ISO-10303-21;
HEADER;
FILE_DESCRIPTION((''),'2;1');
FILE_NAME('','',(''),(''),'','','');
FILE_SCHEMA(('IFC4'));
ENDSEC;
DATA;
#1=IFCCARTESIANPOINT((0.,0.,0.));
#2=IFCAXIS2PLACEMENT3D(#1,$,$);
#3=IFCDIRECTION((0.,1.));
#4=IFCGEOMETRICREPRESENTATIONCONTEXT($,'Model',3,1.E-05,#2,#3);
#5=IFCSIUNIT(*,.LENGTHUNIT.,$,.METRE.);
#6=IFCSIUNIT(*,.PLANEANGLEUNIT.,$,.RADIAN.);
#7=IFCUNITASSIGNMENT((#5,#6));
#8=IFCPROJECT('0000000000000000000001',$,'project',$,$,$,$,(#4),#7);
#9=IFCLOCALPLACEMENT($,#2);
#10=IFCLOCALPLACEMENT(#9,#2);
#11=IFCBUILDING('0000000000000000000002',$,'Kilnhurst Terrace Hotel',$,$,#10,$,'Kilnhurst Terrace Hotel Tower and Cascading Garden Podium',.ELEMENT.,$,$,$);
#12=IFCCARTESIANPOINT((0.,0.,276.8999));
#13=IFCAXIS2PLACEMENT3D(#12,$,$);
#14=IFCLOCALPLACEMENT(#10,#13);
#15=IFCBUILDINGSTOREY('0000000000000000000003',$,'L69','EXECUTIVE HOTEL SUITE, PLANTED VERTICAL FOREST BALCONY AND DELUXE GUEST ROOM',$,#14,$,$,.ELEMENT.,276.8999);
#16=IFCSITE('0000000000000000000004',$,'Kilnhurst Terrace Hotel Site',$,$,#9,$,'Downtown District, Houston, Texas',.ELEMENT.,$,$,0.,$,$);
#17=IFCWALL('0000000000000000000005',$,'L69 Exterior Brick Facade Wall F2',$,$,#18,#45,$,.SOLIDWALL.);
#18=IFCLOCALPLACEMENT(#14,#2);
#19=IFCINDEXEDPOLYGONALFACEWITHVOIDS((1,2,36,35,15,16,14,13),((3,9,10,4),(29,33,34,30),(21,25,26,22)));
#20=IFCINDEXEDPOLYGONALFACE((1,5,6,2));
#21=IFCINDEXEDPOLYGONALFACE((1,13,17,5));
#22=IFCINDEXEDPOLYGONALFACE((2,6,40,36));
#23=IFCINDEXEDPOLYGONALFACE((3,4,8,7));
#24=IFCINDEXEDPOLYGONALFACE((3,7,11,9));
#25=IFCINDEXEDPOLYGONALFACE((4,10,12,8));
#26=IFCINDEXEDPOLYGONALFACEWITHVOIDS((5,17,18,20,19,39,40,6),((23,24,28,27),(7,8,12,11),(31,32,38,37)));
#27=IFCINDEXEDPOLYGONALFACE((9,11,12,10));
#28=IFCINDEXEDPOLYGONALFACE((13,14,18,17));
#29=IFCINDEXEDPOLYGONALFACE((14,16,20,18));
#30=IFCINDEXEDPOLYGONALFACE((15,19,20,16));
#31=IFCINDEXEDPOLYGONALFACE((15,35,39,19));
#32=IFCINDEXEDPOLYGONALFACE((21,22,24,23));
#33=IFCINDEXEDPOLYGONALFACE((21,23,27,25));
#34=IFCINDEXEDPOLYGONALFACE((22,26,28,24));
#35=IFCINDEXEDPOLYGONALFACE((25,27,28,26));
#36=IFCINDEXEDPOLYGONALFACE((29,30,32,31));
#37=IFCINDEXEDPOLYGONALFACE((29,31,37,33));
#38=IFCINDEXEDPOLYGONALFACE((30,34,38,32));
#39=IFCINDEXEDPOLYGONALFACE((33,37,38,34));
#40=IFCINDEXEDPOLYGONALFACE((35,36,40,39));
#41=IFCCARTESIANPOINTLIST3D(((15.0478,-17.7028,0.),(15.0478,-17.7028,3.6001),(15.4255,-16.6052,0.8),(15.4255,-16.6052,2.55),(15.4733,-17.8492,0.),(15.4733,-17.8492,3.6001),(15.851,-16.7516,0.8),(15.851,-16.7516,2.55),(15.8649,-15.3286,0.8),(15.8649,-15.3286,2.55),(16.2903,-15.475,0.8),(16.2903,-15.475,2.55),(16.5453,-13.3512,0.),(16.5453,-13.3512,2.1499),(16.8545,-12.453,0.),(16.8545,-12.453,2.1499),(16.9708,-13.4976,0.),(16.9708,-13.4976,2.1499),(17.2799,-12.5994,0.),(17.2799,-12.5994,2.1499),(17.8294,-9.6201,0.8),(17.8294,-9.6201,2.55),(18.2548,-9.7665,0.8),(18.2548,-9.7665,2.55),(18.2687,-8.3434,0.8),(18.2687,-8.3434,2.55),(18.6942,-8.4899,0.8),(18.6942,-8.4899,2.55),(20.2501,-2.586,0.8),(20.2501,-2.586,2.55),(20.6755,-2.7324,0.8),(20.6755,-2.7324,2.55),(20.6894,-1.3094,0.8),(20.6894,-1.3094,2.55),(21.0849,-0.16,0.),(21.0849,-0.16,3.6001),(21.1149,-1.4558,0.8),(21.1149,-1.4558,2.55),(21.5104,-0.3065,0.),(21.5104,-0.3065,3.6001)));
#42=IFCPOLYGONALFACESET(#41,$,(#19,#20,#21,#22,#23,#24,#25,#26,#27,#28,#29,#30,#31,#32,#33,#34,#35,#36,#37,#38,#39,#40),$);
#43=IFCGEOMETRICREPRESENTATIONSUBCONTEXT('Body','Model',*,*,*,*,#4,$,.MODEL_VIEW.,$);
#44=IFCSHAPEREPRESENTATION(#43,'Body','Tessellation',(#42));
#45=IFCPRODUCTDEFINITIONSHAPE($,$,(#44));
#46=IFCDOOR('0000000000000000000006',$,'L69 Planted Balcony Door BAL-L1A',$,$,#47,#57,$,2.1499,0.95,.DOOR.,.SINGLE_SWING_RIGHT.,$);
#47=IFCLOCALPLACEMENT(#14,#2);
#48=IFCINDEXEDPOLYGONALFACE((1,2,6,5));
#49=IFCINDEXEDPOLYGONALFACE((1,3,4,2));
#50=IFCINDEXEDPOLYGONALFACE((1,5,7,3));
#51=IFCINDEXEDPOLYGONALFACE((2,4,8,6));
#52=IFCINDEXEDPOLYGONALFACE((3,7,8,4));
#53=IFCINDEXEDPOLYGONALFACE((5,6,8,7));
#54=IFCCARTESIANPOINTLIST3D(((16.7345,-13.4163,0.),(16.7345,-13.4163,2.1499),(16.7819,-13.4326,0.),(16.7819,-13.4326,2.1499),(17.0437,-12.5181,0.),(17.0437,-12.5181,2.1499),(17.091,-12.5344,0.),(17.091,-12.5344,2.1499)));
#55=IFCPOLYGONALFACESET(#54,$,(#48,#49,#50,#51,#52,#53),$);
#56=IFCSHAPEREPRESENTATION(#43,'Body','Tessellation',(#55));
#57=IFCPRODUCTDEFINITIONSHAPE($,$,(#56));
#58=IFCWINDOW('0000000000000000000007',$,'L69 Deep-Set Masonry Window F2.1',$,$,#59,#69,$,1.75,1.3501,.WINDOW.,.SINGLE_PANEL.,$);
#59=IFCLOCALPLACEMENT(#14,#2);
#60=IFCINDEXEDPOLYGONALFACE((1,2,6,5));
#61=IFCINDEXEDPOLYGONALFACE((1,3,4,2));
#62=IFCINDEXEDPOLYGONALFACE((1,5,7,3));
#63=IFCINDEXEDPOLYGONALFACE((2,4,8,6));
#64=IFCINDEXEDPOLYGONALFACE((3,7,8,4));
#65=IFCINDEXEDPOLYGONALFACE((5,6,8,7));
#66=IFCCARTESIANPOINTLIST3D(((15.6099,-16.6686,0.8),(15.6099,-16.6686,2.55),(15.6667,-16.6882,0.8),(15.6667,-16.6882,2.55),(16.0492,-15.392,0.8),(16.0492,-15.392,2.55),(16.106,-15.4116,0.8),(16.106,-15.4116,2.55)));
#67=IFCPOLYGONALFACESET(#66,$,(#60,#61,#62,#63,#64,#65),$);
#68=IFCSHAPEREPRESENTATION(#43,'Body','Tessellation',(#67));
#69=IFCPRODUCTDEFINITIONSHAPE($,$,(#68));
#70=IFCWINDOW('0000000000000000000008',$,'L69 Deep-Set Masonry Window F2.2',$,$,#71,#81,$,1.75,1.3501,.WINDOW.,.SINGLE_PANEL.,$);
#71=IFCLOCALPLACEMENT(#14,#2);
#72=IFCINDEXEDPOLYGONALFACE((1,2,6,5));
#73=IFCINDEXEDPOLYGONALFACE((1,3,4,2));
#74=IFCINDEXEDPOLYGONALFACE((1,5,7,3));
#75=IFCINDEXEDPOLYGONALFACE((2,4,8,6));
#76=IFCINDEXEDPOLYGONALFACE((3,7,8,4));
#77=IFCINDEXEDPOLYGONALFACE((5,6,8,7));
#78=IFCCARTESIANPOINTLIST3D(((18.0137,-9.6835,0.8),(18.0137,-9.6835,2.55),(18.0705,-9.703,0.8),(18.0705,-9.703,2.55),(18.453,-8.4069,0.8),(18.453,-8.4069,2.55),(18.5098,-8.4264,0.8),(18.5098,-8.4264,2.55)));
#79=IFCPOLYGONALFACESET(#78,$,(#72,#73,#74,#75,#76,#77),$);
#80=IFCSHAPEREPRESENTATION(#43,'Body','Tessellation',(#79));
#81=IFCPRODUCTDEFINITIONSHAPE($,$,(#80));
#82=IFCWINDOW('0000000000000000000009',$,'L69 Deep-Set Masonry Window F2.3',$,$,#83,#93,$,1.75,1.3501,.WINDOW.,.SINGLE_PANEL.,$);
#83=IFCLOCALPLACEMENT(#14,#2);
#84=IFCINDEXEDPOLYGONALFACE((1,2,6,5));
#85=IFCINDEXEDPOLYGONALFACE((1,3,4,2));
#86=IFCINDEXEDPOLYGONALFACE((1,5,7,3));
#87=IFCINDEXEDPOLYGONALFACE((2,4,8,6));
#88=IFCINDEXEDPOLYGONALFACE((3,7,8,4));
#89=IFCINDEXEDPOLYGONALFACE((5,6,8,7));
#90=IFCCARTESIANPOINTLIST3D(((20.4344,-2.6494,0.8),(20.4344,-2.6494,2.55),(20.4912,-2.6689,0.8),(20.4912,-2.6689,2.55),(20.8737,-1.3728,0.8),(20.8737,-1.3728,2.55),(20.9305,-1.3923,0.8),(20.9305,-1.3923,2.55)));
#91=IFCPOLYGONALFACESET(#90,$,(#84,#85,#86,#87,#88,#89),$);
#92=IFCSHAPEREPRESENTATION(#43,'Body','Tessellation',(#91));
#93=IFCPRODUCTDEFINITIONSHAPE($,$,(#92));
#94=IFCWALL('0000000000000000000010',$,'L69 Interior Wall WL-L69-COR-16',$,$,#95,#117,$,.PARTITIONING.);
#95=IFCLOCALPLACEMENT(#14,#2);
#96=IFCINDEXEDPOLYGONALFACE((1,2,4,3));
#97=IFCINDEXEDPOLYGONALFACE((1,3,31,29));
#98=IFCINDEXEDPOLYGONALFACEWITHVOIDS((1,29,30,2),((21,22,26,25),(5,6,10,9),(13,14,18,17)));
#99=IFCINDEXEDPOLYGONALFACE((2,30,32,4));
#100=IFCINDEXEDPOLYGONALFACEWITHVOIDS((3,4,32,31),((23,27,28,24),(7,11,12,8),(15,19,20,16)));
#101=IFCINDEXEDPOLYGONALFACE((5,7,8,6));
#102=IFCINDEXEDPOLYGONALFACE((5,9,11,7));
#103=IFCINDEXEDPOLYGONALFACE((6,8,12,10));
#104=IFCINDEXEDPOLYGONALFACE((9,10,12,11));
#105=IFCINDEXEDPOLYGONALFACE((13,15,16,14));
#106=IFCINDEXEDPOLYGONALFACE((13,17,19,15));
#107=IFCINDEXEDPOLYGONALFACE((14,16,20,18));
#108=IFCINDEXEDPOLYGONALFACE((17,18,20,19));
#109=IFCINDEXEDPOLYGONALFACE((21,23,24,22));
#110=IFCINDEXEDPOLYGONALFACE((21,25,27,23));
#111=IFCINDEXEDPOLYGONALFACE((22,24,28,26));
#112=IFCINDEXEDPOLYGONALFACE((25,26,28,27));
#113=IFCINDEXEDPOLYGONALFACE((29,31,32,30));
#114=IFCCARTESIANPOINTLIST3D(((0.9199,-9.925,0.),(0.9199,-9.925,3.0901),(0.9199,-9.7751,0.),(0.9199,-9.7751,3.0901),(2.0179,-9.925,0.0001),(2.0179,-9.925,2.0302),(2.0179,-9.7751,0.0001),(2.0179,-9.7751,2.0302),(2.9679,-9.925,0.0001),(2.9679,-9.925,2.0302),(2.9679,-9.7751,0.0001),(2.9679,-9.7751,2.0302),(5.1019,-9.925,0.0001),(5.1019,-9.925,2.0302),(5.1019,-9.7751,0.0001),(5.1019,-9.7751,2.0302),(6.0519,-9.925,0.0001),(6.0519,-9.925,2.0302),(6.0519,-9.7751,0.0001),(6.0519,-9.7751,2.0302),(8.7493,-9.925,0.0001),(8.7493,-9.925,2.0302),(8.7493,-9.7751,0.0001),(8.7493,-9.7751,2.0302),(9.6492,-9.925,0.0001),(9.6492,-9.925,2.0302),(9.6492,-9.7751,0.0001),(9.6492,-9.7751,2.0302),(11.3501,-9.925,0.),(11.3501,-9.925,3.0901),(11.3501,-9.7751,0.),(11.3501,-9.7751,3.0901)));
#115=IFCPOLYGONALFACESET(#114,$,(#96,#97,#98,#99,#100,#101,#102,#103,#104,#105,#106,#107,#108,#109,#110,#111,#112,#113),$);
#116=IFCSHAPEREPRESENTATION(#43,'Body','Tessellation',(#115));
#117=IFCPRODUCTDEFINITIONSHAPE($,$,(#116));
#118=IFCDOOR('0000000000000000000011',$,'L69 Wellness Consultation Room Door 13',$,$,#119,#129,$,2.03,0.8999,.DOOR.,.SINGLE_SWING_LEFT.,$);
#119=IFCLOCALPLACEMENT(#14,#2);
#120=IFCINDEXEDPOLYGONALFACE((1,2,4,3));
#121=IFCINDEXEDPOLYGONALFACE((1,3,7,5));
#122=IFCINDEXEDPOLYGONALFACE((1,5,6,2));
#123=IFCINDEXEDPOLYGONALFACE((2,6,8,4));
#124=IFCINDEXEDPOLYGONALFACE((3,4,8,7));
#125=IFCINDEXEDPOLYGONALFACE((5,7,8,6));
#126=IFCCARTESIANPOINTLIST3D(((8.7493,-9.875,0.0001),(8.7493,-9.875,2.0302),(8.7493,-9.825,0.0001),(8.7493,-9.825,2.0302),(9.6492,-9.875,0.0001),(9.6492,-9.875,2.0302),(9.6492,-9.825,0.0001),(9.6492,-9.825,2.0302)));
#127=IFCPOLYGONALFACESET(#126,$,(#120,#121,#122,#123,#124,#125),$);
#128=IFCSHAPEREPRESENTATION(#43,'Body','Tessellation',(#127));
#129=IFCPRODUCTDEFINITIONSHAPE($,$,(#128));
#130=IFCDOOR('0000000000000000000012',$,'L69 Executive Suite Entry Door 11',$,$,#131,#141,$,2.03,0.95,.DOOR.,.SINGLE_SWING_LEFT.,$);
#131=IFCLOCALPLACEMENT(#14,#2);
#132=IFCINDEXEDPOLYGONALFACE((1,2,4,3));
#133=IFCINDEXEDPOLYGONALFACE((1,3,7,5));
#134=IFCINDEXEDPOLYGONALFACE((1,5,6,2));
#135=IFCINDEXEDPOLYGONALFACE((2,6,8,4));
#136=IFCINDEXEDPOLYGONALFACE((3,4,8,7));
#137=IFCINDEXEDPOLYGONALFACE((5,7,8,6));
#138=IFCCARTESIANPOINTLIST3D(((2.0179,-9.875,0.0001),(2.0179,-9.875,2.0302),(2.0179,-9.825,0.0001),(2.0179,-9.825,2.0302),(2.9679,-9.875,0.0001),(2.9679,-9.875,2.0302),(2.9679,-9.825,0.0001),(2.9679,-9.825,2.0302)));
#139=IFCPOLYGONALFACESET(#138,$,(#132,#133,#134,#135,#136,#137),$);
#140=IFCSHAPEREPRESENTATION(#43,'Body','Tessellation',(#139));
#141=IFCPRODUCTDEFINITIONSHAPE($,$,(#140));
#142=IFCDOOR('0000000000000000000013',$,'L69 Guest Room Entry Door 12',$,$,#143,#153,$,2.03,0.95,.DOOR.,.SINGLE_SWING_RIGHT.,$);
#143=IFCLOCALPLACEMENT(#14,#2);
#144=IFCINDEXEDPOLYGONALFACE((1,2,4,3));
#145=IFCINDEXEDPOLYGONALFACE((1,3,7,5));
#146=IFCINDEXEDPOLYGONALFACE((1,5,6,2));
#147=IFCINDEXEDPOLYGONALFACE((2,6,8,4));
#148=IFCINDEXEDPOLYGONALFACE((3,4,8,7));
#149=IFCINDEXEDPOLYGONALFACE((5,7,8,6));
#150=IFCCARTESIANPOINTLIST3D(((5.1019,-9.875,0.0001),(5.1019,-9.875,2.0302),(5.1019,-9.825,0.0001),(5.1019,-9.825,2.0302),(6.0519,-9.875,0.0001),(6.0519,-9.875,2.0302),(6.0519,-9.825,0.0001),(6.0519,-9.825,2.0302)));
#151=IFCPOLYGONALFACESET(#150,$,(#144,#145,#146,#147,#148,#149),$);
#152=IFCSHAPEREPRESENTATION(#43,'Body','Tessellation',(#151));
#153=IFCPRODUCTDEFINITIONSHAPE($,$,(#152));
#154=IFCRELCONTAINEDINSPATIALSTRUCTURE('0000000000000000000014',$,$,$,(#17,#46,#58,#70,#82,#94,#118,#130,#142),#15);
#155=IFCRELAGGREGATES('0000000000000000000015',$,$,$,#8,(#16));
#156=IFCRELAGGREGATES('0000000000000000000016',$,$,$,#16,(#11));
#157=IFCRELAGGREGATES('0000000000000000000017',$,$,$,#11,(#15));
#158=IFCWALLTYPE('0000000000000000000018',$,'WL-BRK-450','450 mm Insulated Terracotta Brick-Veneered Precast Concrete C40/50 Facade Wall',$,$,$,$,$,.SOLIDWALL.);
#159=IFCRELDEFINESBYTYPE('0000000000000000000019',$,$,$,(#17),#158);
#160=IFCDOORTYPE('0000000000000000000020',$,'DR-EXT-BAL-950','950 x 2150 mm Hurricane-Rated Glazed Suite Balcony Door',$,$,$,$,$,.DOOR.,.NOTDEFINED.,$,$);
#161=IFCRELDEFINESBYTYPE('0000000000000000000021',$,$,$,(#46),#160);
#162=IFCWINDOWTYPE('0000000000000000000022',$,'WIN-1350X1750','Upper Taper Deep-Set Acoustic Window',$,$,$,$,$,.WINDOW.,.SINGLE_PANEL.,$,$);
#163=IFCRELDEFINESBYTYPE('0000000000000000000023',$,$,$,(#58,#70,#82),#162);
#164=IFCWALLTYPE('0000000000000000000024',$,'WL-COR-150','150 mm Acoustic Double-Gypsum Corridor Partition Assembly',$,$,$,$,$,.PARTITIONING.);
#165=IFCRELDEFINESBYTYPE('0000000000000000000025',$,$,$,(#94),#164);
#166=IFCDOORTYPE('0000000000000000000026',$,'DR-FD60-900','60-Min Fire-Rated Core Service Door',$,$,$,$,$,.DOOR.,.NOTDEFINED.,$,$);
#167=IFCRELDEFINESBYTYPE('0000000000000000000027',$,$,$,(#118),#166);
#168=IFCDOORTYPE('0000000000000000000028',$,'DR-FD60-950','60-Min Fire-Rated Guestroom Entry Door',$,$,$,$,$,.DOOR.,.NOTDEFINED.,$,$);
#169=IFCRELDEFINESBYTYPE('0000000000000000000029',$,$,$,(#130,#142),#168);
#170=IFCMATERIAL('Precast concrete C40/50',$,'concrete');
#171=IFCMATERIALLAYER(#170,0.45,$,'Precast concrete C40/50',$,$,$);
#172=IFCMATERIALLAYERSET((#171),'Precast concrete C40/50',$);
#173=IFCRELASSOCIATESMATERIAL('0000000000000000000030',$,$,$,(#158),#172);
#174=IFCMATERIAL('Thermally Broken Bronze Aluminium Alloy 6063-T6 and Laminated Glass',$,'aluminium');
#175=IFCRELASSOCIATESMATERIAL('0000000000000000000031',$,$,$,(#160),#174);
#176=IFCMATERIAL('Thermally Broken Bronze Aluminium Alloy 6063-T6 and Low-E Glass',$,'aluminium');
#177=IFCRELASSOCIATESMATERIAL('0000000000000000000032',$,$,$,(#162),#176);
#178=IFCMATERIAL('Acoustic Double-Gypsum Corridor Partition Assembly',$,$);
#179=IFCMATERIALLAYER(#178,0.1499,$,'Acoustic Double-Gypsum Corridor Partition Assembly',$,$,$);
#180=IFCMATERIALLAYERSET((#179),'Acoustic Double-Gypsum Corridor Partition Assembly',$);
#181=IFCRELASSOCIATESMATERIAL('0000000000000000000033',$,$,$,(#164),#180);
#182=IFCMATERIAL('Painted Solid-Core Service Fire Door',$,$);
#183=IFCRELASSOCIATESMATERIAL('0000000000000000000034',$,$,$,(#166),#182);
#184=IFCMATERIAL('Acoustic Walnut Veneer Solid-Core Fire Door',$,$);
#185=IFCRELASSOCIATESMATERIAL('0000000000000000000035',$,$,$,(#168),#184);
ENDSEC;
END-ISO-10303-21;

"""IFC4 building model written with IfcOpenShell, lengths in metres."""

from ifc_helpers import new_model, si_unit, direction, frame, frame_2d, origin, place, context, subcontext, project, spatial, rectangle, extrude, material, layer, layer_set, type_object, element, fill, save


model = new_model("IFC4")

# Units and contexts
model_context = context("Model", 3, precision=1e-05, world=origin(), true_north=direction((0.0, 1.0)))
body_context = subcontext(model_context, "Body", "Model", "MODEL_VIEW")
ifc_project = project(units=[si_unit("LENGTHUNIT", "METRE"), si_unit("PLANEANGLEUNIT", "RADIAN")], contexts=[model_context])

# Site, building, storey
site_placement = place(None, origin())
site = spatial("IfcSite", under=ifc_project, at=site_placement, Name="Kilnhurst Terrace Hotel Site", LongName="Downtown District, Houston, Texas", CompositionType="ELEMENT", RefElevation=0.0)
building_placement = place(site_placement, origin())
building = spatial("IfcBuilding", under=site, at=building_placement, Name="Kilnhurst Terrace Hotel", LongName="Kilnhurst Terrace Hotel Tower and Cascading Garden Podium", CompositionType="ELEMENT")
storey_placement = place(building_placement, frame((0.0, 0.0, 276.8999)))
storey = spatial("IfcBuildingStorey", under=building, at=storey_placement, Name="L69", Description="EXECUTIVE HOTEL SUITE, PLANTED VERTICAL FOREST BALCONY AND DELUXE GUEST ROOM", CompositionType="ELEMENT", Elevation=276.8999)

# Shared definitions
ifc_material_1 = material(Name="Precast concrete C40/50", Category="concrete")
ifc_layer_1 = layer(ifc_material_1, 0.45, Name="Precast concrete C40/50")
ifc_layer_set_1 = layer_set([ifc_layer_1], Name="Precast concrete C40/50")
wall_type_1 = type_object("IfcWallType", Name="WL-BRK-450", Description="450 mm Insulated Terracotta Brick-Veneered Precast Concrete C40/50 Facade Wall", PredefinedType="SOLIDWALL", material=ifc_layer_set_1)

# Wall, openings, door, windows
wall_1_placement = place(storey_placement, frame((15.2605, -17.7761, 0.0), z_axis=(0.0, 0.0, 1.0), x_axis=(0.325407, 0.945574, 0.0)))
wall_1 = element("IfcWall", 1, at=wall_1_placement, inside=storey, type_object=wall_type_1, Name="L69 Exterior Brick Facade Wall F2", PredefinedType="SOLIDWALL", context=body_context, shape_type="SweptSolid", body=[
    extrude(rectangle(XDim=18.5525, YDim=0.45, at=frame_2d((9.2764, 0.0))), origin(), (0.0, 0.0, 1.0), 3.6001),
])
opening_1_placement = place(wall_1_placement, frame((4.6021, 0.0, 0.0)))
opening_1 = element("IfcOpeningElement", 2, at=opening_1_placement, cuts=wall_1, PredefinedType="OPENING", context=body_context, shape_type="SweptSolid", body=[
    extrude(rectangle(XDim=0.95, YDim=2.1499, at=frame_2d((0.4751, 1.075))), frame((0.0, 0.2349, 0.0), z_axis=(0.0, -1.0, 0.0), x_axis=(1.0, 0.0, 0.0)), (0.0, 0.0, 1.0), 0.47),
])
opening_2_placement = place(wall_1_placement, frame((1.1609, 0.0, 0.8)))
opening_2 = element("IfcOpeningElement", 3, at=opening_2_placement, cuts=wall_1, PredefinedType="OPENING", context=body_context, shape_type="SweptSolid", body=[
    extrude(rectangle(XDim=1.3501, YDim=1.75, at=frame_2d((0.675, 0.875))), frame((0.0, 0.2349, 0.0), z_axis=(0.0, -1.0, 0.0), x_axis=(1.0, 0.0, 0.0)), (0.0, 0.0, 1.0), 0.47),
])
opening_3_placement = place(wall_1_placement, frame((8.5481, 0.0, 0.8)))
opening_3 = element("IfcOpeningElement", 4, at=opening_3_placement, cuts=wall_1, PredefinedType="OPENING", context=body_context, shape_type="SweptSolid", body=[
    extrude(rectangle(XDim=1.3501, YDim=1.75, at=frame_2d((0.675, 0.875))), frame((0.0, 0.2349, 0.0), z_axis=(0.0, -1.0, 0.0), x_axis=(1.0, 0.0, 0.0)), (0.0, 0.0, 1.0), 0.47),
])
opening_4_placement = place(wall_1_placement, frame((15.9871, 0.0, 0.8)))
opening_4 = element("IfcOpeningElement", 5, at=opening_4_placement, cuts=wall_1, PredefinedType="OPENING", context=body_context, shape_type="SweptSolid", body=[
    extrude(rectangle(XDim=1.3501, YDim=1.75, at=frame_2d((0.675, 0.875))), frame((0.0, 0.2349, 0.0), z_axis=(0.0, -1.0, 0.0), x_axis=(1.0, 0.0, 0.0)), (0.0, 0.0, 1.0), 0.47),
])
ifc_material_2 = material(Name="Thermally Broken Bronze Aluminium Alloy 6063-T6 and Laminated Glass", Category="aluminium")
door_type_1 = type_object("IfcDoorType", Name="DR-EXT-BAL-950", Description="950 x 2150 mm Hurricane-Rated Glazed Suite Balcony Door", OperationType="NOTDEFINED", PredefinedType="DOOR", material=ifc_material_2)
door_1_placement = place(opening_1_placement, origin())
door_1 = element("IfcDoor", 6, at=door_1_placement, inside=storey, type_object=door_type_1, Name="L69 Planted Balcony Door BAL-L1A", OperationType="SINGLE_SWING_RIGHT", OverallHeight=2.1499, OverallWidth=0.95, PredefinedType="DOOR", context=body_context, shape_type="SweptSolid", body=[
    extrude(rectangle(XDim=0.95, YDim=2.1499, at=frame_2d((0.4751, 1.075))), frame((0.0, 0.0249, 0.0), z_axis=(0.0, -1.0, 0.0), x_axis=(1.0, 0.0, 0.0)), (0.0, 0.0, 1.0), 0.05),
])
fill(opening_1, door_1)
ifc_material_3 = material(Name="Thermally Broken Bronze Aluminium Alloy 6063-T6 and Low-E Glass", Category="aluminium")
window_type = type_object("IfcWindowType", Name="WIN-1350X1750", Description="Upper Taper Deep-Set Acoustic Window", PartitioningType="SINGLE_PANEL", PredefinedType="WINDOW", material=ifc_material_3)
window_1_placement = place(opening_2_placement, origin())
window_1 = element("IfcWindow", 7, at=window_1_placement, inside=storey, type_object=window_type, Name="L69 Deep-Set Masonry Window F2.1", OverallHeight=1.75, OverallWidth=1.3501, PartitioningType="SINGLE_PANEL", PredefinedType="WINDOW", context=body_context, shape_type="SweptSolid", body=[
    extrude(rectangle(XDim=1.3501, YDim=1.75, at=frame_2d((0.675, 0.875))), frame((0.0, 0.03, 0.0), z_axis=(0.0, -1.0, 0.0), x_axis=(1.0, 0.0, 0.0)), (0.0, 0.0, 1.0), 0.0601),
])
fill(opening_2, window_1)
window_2_placement = place(opening_3_placement, origin())
window_2 = element("IfcWindow", 8, at=window_2_placement, inside=storey, type_object=window_type, Name="L69 Deep-Set Masonry Window F2.2", OverallHeight=1.75, OverallWidth=1.3501, PartitioningType="SINGLE_PANEL", PredefinedType="WINDOW", context=body_context, shape_type="SweptSolid", body=[
    extrude(rectangle(XDim=1.3501, YDim=1.75, at=frame_2d((0.675, 0.875))), frame((0.0, 0.03, 0.0), z_axis=(0.0, -1.0, 0.0), x_axis=(1.0, 0.0, 0.0)), (0.0, 0.0, 1.0), 0.0601),
])
fill(opening_3, window_2)
window_3_placement = place(opening_4_placement, origin())
window_3 = element("IfcWindow", 9, at=window_3_placement, inside=storey, type_object=window_type, Name="L69 Deep-Set Masonry Window F2.3", OverallHeight=1.75, OverallWidth=1.3501, PartitioningType="SINGLE_PANEL", PredefinedType="WINDOW", context=body_context, shape_type="SweptSolid", body=[
    extrude(rectangle(XDim=1.3501, YDim=1.75, at=frame_2d((0.675, 0.875))), frame((0.0, 0.03, 0.0), z_axis=(0.0, -1.0, 0.0), x_axis=(1.0, 0.0, 0.0)), (0.0, 0.0, 1.0), 0.0601),
])
fill(opening_4, window_3)

# Wall, openings, doors
ifc_material_4 = material(Name="Acoustic Double-Gypsum Corridor Partition Assembly")
ifc_layer_2 = layer(ifc_material_4, 0.1499, Name="Acoustic Double-Gypsum Corridor Partition Assembly")
ifc_layer_set_2 = layer_set([ifc_layer_2], Name="Acoustic Double-Gypsum Corridor Partition Assembly")
wall_type_2 = type_object("IfcWallType", Name="WL-COR-150", Description="150 mm Acoustic Double-Gypsum Corridor Partition Assembly", PredefinedType="PARTITIONING", material=ifc_layer_set_2)
wall_2_placement = place(storey_placement, frame((11.3501, -9.8501, 0.0), z_axis=(0.0, 0.0, 1.0), x_axis=(-1.0, 0.0, 0.0)))
wall_2 = element("IfcWall", 10, at=wall_2_placement, inside=storey, type_object=wall_type_2, Name="L69 Interior Wall WL-L69-COR-16", PredefinedType="PARTITIONING", context=body_context, shape_type="SweptSolid", body=[
    extrude(rectangle(XDim=10.4302, YDim=0.1499, at=frame_2d((5.2151, 0.0))), origin(), (0.0, 0.0, 1.0), 3.0901),
])
opening_5_placement = place(wall_2_placement, frame((8.3821, 0.0, 0.0)))
opening_5 = element("IfcOpeningElement", 11, at=opening_5_placement, cuts=wall_2, PredefinedType="OPENING", context=body_context, shape_type="SweptSolid", body=[
    extrude(rectangle(XDim=0.95, YDim=2.03, at=frame_2d((0.4751, 1.0151))), frame((0.0, 0.085, 0.0), z_axis=(0.0, -1.0, 0.0), x_axis=(1.0, 0.0, 0.0)), (0.0, 0.0, 1.0), 0.1699),
])
opening_6_placement = place(wall_2_placement, frame((5.2981, 0.0, 0.0)))
opening_6 = element("IfcOpeningElement", 12, at=opening_6_placement, cuts=wall_2, PredefinedType="OPENING", context=body_context, shape_type="SweptSolid", body=[
    extrude(rectangle(XDim=0.95, YDim=2.03, at=frame_2d((0.4751, 1.0151))), frame((0.0, 0.085, 0.0), z_axis=(0.0, -1.0, 0.0), x_axis=(1.0, 0.0, 0.0)), (0.0, 0.0, 1.0), 0.1699),
])
opening_7_placement = place(wall_2_placement, frame((1.7009, 0.0, 0.0)))
opening_7 = element("IfcOpeningElement", 13, at=opening_7_placement, cuts=wall_2, PredefinedType="OPENING", context=body_context, shape_type="SweptSolid", body=[
    extrude(rectangle(XDim=0.8999, YDim=2.03, at=frame_2d((0.45, 1.0151))), frame((0.0, 0.085, 0.0), z_axis=(0.0, -1.0, 0.0), x_axis=(1.0, 0.0, 0.0)), (0.0, 0.0, 1.0), 0.1699),
])
ifc_material_5 = material(Name="Painted Solid-Core Service Fire Door")
door_type_2 = type_object("IfcDoorType", Name="DR-FD60-900", Description="60-Min Fire-Rated Core Service Door", OperationType="NOTDEFINED", PredefinedType="DOOR", material=ifc_material_5)
door_2_placement = place(opening_7_placement, origin())
door_2 = element("IfcDoor", 14, at=door_2_placement, inside=storey, type_object=door_type_2, Name="L69 Wellness Consultation Room Door 13", OperationType="SINGLE_SWING_LEFT", OverallHeight=2.03, OverallWidth=0.8999, PredefinedType="DOOR", context=body_context, shape_type="SweptSolid", body=[
    extrude(rectangle(XDim=0.8999, YDim=2.03, at=frame_2d((0.45, 1.0151))), frame((0.0, 0.0249, 0.0), z_axis=(0.0, -1.0, 0.0), x_axis=(1.0, 0.0, 0.0)), (0.0, 0.0, 1.0), 0.05),
])
fill(opening_7, door_2)
ifc_material_6 = material(Name="Acoustic Walnut Veneer Solid-Core Fire Door")
door_type_3 = type_object("IfcDoorType", Name="DR-FD60-950", Description="60-Min Fire-Rated Guestroom Entry Door", OperationType="NOTDEFINED", PredefinedType="DOOR", material=ifc_material_6)
door_3_placement = place(opening_5_placement, origin())
door_3 = element("IfcDoor", 15, at=door_3_placement, inside=storey, type_object=door_type_3, Name="L69 Executive Suite Entry Door 11", OperationType="SINGLE_SWING_LEFT", OverallHeight=2.03, OverallWidth=0.95, PredefinedType="DOOR", context=body_context, shape_type="SweptSolid", body=[
    extrude(rectangle(XDim=0.95, YDim=2.03, at=frame_2d((0.4751, 1.0151))), frame((0.0, 0.0249, 0.0), z_axis=(0.0, -1.0, 0.0), x_axis=(1.0, 0.0, 0.0)), (0.0, 0.0, 1.0), 0.05),
])
fill(opening_5, door_3)
door_4_placement = place(opening_6_placement, origin())
door_4 = element("IfcDoor", 16, at=door_4_placement, inside=storey, type_object=door_type_3, Name="L69 Guest Room Entry Door 12", OperationType="SINGLE_SWING_RIGHT", OverallHeight=2.03, OverallWidth=0.95, PredefinedType="DOOR", context=body_context, shape_type="SweptSolid", body=[
    extrude(rectangle(XDim=0.95, YDim=2.03, at=frame_2d((0.4751, 1.0151))), frame((0.0, 0.0249, 0.0), z_axis=(0.0, -1.0, 0.0), x_axis=(1.0, 0.0, 0.0)), (0.0, 0.0, 1.0), 0.05),
])
fill(opening_6, door_4)

save(model, "model.ifc")
